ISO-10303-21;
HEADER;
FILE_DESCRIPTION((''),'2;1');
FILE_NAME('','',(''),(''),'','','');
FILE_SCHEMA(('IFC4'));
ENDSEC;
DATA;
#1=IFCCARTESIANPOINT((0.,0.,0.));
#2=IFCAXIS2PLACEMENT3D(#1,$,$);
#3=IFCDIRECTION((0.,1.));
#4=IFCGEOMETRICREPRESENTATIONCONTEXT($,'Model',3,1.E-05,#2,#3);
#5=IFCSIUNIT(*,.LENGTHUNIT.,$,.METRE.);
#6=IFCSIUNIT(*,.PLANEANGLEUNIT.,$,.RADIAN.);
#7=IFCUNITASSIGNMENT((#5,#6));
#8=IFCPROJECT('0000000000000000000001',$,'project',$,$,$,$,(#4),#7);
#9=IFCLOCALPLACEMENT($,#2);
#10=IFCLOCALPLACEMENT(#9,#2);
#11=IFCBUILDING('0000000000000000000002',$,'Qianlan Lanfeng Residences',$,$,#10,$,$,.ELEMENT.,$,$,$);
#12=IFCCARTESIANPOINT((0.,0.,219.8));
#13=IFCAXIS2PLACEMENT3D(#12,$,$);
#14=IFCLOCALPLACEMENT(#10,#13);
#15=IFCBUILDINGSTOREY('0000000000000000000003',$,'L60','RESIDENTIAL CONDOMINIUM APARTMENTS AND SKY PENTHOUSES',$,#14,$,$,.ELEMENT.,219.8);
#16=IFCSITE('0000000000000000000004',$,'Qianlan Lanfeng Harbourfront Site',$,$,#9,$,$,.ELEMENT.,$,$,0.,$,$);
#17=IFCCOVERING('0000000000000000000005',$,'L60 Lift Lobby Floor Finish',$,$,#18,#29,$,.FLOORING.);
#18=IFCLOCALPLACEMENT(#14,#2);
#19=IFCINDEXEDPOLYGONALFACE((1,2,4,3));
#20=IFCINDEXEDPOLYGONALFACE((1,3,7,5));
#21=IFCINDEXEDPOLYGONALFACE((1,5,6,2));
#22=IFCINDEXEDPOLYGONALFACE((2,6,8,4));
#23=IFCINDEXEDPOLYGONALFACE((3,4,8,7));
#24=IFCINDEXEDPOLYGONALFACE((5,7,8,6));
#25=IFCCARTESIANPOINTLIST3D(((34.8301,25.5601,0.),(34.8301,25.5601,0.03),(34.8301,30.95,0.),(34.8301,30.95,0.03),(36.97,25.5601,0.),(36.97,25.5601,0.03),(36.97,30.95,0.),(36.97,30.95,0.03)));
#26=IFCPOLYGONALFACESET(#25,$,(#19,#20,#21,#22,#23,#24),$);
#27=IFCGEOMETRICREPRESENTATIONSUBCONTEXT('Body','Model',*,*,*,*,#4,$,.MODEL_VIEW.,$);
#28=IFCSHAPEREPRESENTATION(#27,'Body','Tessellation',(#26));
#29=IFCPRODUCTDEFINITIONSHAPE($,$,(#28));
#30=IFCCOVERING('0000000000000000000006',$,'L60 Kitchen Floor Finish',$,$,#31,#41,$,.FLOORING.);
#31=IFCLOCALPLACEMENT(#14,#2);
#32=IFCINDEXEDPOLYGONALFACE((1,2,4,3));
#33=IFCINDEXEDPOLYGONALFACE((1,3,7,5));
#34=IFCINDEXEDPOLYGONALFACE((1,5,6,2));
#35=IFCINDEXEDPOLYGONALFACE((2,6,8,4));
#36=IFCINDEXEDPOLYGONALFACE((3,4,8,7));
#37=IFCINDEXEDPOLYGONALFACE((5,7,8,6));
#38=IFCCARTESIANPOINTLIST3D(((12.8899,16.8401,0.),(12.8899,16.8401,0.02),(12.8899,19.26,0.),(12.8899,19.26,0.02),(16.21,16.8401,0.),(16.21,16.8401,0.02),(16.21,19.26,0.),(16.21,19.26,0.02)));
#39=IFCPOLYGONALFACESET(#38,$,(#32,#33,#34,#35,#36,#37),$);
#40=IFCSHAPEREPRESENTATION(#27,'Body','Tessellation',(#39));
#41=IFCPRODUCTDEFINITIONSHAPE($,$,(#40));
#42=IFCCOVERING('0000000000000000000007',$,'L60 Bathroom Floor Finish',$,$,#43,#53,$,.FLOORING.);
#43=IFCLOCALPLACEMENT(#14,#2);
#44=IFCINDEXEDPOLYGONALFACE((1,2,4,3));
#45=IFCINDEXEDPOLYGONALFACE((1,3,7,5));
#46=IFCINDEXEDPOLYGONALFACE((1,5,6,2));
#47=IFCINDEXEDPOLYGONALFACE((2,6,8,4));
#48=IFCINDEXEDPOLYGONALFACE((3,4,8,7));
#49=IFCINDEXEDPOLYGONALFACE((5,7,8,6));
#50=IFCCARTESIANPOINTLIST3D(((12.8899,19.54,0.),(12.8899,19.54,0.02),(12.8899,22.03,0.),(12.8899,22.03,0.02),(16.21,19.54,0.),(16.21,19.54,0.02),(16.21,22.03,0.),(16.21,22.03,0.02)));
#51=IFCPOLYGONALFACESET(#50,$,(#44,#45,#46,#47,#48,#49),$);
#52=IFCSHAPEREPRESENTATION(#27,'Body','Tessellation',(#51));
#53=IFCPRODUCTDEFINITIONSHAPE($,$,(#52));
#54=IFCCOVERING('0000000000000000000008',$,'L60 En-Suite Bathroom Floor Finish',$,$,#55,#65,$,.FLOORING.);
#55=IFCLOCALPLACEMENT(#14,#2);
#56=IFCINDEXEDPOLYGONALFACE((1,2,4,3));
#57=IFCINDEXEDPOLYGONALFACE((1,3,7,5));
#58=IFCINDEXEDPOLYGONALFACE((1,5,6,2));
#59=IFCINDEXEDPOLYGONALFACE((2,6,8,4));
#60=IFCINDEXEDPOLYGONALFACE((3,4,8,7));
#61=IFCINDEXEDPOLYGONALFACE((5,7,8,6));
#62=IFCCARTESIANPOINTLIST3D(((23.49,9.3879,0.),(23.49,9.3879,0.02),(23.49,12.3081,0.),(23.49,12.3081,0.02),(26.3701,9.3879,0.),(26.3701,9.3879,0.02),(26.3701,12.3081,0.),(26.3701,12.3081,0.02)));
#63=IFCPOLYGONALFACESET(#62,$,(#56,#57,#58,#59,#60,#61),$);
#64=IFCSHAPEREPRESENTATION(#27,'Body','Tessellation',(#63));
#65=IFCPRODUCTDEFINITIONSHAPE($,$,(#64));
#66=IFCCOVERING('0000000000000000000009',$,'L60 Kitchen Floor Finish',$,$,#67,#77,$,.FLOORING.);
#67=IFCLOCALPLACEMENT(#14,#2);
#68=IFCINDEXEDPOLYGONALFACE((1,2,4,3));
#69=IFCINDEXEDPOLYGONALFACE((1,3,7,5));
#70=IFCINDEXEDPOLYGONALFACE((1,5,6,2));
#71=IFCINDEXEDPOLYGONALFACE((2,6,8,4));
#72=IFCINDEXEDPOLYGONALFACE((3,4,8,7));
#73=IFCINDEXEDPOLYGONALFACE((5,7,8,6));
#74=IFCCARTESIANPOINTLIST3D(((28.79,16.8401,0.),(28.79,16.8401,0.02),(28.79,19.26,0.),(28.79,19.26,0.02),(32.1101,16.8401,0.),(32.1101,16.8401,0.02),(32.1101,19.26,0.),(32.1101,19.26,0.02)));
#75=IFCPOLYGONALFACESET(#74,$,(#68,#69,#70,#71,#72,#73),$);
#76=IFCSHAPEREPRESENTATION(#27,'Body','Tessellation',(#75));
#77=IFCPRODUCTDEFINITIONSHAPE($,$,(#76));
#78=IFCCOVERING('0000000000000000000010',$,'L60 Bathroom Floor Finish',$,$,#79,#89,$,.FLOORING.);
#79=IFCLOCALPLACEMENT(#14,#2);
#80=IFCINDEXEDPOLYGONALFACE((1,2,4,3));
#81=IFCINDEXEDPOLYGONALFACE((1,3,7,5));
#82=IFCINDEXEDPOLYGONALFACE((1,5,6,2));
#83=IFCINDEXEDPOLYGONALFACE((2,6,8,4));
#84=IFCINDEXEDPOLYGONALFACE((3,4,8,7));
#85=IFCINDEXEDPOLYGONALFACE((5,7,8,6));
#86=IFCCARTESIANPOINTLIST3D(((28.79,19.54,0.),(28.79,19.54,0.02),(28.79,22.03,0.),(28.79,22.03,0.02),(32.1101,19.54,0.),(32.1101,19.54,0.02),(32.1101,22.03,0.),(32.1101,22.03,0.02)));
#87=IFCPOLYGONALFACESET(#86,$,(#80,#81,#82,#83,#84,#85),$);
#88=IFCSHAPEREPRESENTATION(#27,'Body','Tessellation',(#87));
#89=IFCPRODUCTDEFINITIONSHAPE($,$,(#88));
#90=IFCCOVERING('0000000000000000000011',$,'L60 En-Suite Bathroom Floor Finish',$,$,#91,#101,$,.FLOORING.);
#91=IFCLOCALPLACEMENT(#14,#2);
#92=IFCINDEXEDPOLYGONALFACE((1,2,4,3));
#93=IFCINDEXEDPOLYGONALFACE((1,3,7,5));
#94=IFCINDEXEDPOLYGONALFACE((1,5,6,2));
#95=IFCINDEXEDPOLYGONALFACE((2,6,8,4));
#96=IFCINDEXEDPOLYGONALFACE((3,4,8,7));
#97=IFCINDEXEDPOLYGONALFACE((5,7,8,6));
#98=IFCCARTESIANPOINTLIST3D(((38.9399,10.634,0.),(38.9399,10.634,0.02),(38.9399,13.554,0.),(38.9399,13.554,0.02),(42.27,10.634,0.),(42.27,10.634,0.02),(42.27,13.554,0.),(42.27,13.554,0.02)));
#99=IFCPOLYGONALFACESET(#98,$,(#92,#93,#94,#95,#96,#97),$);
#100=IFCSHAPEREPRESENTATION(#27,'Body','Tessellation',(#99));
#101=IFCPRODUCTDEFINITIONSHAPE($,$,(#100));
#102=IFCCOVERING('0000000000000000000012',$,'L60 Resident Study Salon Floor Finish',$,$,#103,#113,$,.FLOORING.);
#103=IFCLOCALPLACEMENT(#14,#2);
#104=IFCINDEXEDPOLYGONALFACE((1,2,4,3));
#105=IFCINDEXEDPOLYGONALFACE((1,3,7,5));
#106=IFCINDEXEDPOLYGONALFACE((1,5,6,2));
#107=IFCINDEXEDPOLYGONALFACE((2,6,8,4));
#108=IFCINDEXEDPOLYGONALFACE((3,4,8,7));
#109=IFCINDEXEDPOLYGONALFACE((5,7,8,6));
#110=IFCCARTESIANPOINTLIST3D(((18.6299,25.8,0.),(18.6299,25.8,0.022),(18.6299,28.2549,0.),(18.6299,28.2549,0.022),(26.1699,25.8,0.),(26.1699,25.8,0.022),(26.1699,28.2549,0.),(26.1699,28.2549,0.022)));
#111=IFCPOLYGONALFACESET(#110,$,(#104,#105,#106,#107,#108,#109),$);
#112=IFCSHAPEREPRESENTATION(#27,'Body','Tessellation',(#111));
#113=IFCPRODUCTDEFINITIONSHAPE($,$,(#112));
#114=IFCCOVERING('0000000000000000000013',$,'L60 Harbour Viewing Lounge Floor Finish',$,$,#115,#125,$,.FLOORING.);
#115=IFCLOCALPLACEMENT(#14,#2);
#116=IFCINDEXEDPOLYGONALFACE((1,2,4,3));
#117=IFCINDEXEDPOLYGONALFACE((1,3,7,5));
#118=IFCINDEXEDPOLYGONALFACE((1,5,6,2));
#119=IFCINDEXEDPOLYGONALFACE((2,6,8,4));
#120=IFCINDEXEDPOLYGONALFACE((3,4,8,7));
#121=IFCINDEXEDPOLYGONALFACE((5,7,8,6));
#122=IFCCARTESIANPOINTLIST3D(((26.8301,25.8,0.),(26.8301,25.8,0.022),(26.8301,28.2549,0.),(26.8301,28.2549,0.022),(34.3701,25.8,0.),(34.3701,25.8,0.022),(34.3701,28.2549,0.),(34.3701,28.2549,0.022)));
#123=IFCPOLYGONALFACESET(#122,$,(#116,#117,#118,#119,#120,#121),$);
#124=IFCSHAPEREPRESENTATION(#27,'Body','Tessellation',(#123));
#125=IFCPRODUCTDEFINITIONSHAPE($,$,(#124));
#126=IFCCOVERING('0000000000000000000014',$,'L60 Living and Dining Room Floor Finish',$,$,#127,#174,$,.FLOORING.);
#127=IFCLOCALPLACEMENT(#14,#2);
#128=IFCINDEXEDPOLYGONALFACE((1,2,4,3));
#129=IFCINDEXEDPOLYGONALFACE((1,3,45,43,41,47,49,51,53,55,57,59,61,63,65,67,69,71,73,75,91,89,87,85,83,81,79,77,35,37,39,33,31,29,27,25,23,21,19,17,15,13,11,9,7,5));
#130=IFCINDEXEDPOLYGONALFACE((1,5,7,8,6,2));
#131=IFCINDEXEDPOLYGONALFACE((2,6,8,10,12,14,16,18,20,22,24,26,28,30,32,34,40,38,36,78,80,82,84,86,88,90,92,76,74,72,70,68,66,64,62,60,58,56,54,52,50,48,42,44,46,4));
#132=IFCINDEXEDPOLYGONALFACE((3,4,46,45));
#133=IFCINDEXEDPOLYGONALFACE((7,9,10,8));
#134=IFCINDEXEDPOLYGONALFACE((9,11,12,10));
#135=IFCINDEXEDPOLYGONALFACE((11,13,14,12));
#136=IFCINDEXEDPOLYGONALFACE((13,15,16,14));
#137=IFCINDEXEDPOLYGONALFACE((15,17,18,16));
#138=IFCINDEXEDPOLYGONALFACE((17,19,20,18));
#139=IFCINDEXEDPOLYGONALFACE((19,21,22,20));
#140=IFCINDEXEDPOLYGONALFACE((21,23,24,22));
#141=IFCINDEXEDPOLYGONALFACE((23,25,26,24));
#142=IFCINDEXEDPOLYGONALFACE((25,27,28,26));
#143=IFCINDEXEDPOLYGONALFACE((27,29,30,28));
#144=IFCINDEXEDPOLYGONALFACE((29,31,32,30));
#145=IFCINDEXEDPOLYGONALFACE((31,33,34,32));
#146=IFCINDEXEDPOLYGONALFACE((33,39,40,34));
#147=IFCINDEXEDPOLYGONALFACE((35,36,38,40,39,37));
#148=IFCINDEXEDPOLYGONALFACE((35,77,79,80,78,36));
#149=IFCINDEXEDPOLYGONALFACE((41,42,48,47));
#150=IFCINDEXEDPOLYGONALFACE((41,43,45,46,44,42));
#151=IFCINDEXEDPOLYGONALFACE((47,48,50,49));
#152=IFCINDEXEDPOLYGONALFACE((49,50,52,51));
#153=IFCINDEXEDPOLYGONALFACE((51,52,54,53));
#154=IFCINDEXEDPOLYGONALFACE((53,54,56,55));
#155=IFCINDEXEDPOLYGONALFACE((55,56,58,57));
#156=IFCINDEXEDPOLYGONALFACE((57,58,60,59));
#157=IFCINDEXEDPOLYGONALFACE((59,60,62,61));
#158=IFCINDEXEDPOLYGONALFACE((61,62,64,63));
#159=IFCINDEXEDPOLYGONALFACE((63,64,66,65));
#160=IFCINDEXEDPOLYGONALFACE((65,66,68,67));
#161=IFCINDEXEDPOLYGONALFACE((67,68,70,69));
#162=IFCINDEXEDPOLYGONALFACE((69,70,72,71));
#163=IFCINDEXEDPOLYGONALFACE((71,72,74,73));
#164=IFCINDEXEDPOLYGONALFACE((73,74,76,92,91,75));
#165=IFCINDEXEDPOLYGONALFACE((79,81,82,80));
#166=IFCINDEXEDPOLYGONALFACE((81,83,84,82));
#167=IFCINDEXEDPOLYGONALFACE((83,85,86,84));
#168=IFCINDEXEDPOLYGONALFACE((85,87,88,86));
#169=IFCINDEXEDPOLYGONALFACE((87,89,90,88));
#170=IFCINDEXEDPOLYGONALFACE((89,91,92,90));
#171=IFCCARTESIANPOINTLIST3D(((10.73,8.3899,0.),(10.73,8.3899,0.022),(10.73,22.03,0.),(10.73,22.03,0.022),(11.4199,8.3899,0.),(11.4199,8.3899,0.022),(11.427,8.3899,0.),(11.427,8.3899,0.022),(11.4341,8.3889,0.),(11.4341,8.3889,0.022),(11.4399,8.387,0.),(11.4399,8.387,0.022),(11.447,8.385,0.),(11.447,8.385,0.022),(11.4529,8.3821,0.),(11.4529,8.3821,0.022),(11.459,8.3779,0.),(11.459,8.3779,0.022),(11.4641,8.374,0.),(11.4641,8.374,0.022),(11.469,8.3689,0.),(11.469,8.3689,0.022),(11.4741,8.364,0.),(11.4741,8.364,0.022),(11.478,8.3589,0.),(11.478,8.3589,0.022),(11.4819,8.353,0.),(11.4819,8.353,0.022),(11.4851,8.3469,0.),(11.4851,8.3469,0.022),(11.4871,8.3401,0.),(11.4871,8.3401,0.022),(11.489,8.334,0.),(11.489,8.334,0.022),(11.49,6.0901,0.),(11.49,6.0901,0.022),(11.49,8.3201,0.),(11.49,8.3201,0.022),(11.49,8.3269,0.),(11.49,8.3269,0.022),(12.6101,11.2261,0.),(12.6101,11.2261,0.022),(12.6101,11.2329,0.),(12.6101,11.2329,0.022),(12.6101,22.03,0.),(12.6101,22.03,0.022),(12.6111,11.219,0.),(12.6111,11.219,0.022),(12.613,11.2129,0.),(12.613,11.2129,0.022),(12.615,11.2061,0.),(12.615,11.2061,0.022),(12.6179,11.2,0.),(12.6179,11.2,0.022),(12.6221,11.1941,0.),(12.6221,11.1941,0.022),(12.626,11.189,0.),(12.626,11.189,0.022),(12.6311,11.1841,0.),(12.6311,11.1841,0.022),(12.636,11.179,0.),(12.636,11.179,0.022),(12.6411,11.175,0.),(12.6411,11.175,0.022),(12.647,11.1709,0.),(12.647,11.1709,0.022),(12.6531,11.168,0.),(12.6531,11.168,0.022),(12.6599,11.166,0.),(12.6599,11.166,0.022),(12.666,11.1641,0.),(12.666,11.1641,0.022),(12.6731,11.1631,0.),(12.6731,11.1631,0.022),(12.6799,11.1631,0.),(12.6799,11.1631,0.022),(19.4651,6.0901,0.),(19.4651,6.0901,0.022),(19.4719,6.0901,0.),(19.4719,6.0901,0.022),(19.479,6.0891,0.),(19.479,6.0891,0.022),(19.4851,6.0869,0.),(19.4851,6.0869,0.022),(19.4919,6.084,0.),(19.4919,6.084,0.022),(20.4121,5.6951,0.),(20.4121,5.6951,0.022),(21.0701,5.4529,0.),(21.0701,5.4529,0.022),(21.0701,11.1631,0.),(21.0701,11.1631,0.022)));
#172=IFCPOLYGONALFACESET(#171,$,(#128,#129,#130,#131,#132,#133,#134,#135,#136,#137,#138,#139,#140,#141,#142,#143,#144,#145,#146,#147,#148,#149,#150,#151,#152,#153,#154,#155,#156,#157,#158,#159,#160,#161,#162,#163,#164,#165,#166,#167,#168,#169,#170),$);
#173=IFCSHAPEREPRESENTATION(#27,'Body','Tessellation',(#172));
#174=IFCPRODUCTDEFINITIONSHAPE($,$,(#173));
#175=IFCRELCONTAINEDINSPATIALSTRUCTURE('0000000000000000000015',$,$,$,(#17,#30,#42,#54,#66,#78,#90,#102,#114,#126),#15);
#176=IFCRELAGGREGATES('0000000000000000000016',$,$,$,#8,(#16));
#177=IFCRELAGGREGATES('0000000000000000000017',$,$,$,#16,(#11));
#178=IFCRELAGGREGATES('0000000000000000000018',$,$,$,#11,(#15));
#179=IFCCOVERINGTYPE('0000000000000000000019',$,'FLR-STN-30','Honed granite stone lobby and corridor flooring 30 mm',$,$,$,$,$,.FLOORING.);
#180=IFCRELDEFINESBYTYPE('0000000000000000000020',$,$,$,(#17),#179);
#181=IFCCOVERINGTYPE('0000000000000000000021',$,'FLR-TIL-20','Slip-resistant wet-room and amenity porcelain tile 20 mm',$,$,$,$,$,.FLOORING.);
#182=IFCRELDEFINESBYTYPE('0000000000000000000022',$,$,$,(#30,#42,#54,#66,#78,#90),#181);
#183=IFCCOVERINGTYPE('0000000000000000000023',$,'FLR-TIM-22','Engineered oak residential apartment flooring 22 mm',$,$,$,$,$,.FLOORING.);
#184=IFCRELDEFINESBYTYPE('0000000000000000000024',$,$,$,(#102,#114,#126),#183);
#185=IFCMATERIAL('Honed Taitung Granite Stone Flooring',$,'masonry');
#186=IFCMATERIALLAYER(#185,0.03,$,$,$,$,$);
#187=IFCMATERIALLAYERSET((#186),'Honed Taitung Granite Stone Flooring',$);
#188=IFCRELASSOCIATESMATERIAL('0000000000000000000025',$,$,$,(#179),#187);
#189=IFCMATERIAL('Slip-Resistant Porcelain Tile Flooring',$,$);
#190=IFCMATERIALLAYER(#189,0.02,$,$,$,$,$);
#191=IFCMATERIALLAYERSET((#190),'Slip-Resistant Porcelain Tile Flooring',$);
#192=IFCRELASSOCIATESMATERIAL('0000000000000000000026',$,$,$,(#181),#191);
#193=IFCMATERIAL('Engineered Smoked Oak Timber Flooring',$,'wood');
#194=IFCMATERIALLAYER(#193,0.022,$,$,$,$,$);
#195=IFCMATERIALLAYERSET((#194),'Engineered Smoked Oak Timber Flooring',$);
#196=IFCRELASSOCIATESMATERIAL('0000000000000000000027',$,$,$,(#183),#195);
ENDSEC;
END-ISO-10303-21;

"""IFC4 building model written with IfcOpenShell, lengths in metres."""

from ifc_helpers import new_model, si_unit, direction, frame, origin, place, context, subcontext, project, spatial, polyline, outline, extrude, material, layer, layer_set, type_object, element, save


model = new_model("IFC4")

# Units and contexts
model_context = context("Model", 3, precision=1e-05, world=origin(), true_north=direction((0.0, 1.0)))
body_context = subcontext(model_context, "Body", "Model", "MODEL_VIEW")
ifc_project = project(units=[si_unit("LENGTHUNIT", "METRE"), si_unit("PLANEANGLEUNIT", "RADIAN")], contexts=[model_context])

# Site, building, storey
site_placement = place(None, origin())
site = spatial("IfcSite", under=ifc_project, at=site_placement, Name="Qianlan Lanfeng Harbourfront Site", CompositionType="ELEMENT", RefElevation=0.0)
building_placement = place(site_placement, origin())
building = spatial("IfcBuilding", under=site, at=building_placement, Name="Qianlan Lanfeng Residences", CompositionType="ELEMENT")
storey_placement = place(building_placement, frame((0.0, 0.0, 219.8)))
storey = spatial("IfcBuildingStorey", under=building, at=storey_placement, Name="L60", Description="RESIDENTIAL CONDOMINIUM APARTMENTS AND SKY PENTHOUSES", CompositionType="ELEMENT", Elevation=219.8)

# Coverings
ifc_material_1 = material(Name="Honed Taitung Granite Stone Flooring", Category="masonry")
ifc_layer_1 = layer(ifc_material_1, 0.03)
ifc_layer_set_1 = layer_set([ifc_layer_1], Name="Honed Taitung Granite Stone Flooring")
covering_type_1 = type_object("IfcCoveringType", Name="FLR-STN-30", Description="Honed granite stone lobby and corridor flooring 30 mm", PredefinedType="FLOORING", material=ifc_layer_set_1)
covering_1_placement = place(storey_placement, origin())
element("IfcCovering", 1, at=covering_1_placement, inside=storey, type_object=covering_type_1, Name="L60 Lift Lobby Floor Finish", PredefinedType="FLOORING", context=body_context, shape_type="SweptSolid", body=[
    extrude(outline(polyline([(34.8301, 25.5601), (36.97, 25.5601), (36.97, 30.95), (34.8301, 30.95), (34.8301, 25.5601)])), origin(), (0.0, 0.0, 1.0), 0.03),
])
ifc_material_2 = material(Name="Slip-Resistant Porcelain Tile Flooring")
ifc_layer_2 = layer(ifc_material_2, 0.02)
ifc_layer_set_2 = layer_set([ifc_layer_2], Name="Slip-Resistant Porcelain Tile Flooring")
covering_type_2 = type_object("IfcCoveringType", Name="FLR-TIL-20", Description="Slip-resistant wet-room and amenity porcelain tile 20 mm", PredefinedType="FLOORING", material=ifc_layer_set_2)
covering_2_placement = place(storey_placement, origin())
element("IfcCovering", 2, at=covering_2_placement, inside=storey, type_object=covering_type_2, Name="L60 Kitchen Floor Finish", PredefinedType="FLOORING", context=body_context, shape_type="SweptSolid", body=[
    extrude(outline(polyline([(12.8899, 16.8401), (16.21, 16.8401), (16.21, 19.26), (12.8899, 19.26), (12.8899, 16.8401)])), origin(), (0.0, 0.0, 1.0), 0.02),
])
covering_3_placement = place(storey_placement, origin())
element("IfcCovering", 3, at=covering_3_placement, inside=storey, type_object=covering_type_2, Name="L60 Bathroom Floor Finish", PredefinedType="FLOORING", context=body_context, shape_type="SweptSolid", body=[
    extrude(outline(polyline([(12.8899, 19.54), (16.21, 19.54), (16.21, 22.03), (12.8899, 22.03), (12.8899, 19.54)])), origin(), (0.0, 0.0, 1.0), 0.02),
])
covering_4_placement = place(storey_placement, origin())
element("IfcCovering", 4, at=covering_4_placement, inside=storey, type_object=covering_type_2, Name="L60 En-Suite Bathroom Floor Finish", PredefinedType="FLOORING", context=body_context, shape_type="SweptSolid", body=[
    extrude(outline(polyline([(23.49, 9.3879), (26.3701, 9.3879), (26.3701, 12.3081), (23.49, 12.3081), (23.49, 9.3879)])), origin(), (0.0, 0.0, 1.0), 0.02),
])
covering_5_placement = place(storey_placement, origin())
element("IfcCovering", 5, at=covering_5_placement, inside=storey, type_object=covering_type_2, Name="L60 Kitchen Floor Finish", PredefinedType="FLOORING", context=body_context, shape_type="SweptSolid", body=[
    extrude(outline(polyline([(28.79, 16.8401), (32.1101, 16.8401), (32.1101, 19.26), (28.79, 19.26), (28.79, 16.8401)])), origin(), (0.0, 0.0, 1.0), 0.02),
])
covering_6_placement = place(storey_placement, origin())
element("IfcCovering", 6, at=covering_6_placement, inside=storey, type_object=covering_type_2, Name="L60 Bathroom Floor Finish", PredefinedType="FLOORING", context=body_context, shape_type="SweptSolid", body=[
    extrude(outline(polyline([(28.79, 19.54), (32.1101, 19.54), (32.1101, 22.03), (28.79, 22.03), (28.79, 19.54)])), origin(), (0.0, 0.0, 1.0), 0.02),
])
covering_7_placement = place(storey_placement, origin())
element("IfcCovering", 7, at=covering_7_placement, inside=storey, type_object=covering_type_2, Name="L60 En-Suite Bathroom Floor Finish", PredefinedType="FLOORING", context=body_context, shape_type="SweptSolid", body=[
    extrude(outline(polyline([(38.9399, 10.634), (42.27, 10.634), (42.27, 13.554), (38.9399, 13.554), (38.9399, 10.634)])), origin(), (0.0, 0.0, 1.0), 0.02),
])
ifc_material_3 = material(Name="Engineered Smoked Oak Timber Flooring", Category="wood")
ifc_layer_3 = layer(ifc_material_3, 0.022)
ifc_layer_set_3 = layer_set([ifc_layer_3], Name="Engineered Smoked Oak Timber Flooring")
covering_type_3 = type_object("IfcCoveringType", Name="FLR-TIM-22", Description="Engineered oak residential apartment flooring 22 mm", PredefinedType="FLOORING", material=ifc_layer_set_3)
covering_8_placement = place(storey_placement, origin())
element("IfcCovering", 8, at=covering_8_placement, inside=storey, type_object=covering_type_3, Name="L60 Resident Study Salon Floor Finish", PredefinedType="FLOORING", context=body_context, shape_type="SweptSolid", body=[
    extrude(outline(polyline([(18.6299, 25.8), (26.1699, 25.8), (26.1699, 28.2549), (18.6299, 28.2549), (18.6299, 25.8)])), origin(), (0.0, 0.0, 1.0), 0.022),
])
covering_9_placement = place(storey_placement, origin())
element("IfcCovering", 9, at=covering_9_placement, inside=storey, type_object=covering_type_3, Name="L60 Harbour Viewing Lounge Floor Finish", PredefinedType="FLOORING", context=body_context, shape_type="SweptSolid", body=[
    extrude(outline(polyline([(26.8301, 25.8), (34.3701, 25.8), (34.3701, 28.2549), (26.8301, 28.2549), (26.8301, 25.8)])), origin(), (0.0, 0.0, 1.0), 0.022),
])
covering_10_placement = place(storey_placement, origin())
element("IfcCovering", 10, at=covering_10_placement, inside=storey, type_object=covering_type_3, Name="L60 Living and Dining Room Floor Finish", PredefinedType="FLOORING", context=body_context, shape_type="SweptSolid", body=[
    extrude(outline(polyline([(21.0701, 5.4529), (21.0701, 11.1631), (12.6799, 11.1631), (12.6731, 11.1631), (12.666, 11.1641), (12.6599, 11.166), (12.6531, 11.168), (12.647, 11.1709), (12.6411, 11.175), (12.636, 11.179), (12.6311, 11.1841), (12.626, 11.189), (12.6221, 11.1941), (12.6179, 11.2), (12.615, 11.2061), (12.613, 11.2129), (12.6111, 11.219), (12.6101, 11.2261), (12.6101, 11.2329), (12.6101, 22.03), (10.73, 22.03), (10.73, 8.3899), (11.4199, 8.3899), (11.427, 8.3899), (11.4341, 8.3889), (11.4399, 8.387), (11.447, 8.385), (11.4529, 8.3821), (11.459, 8.3779), (11.4641, 8.374), (11.469, 8.3689), (11.4741, 8.364), (11.478, 8.3589), (11.4819, 8.353), (11.4851, 8.3469), (11.4871, 8.3401), (11.489, 8.334), (11.49, 8.3269), (11.49, 8.3201), (11.49, 6.0901), (19.4651, 6.0901), (19.4719, 6.0901), (19.479, 6.0891), (19.4851, 6.0869), (19.4919, 6.084), (20.4121, 5.6951), (21.0701, 5.4529)])), origin(), (0.0, 0.0, 1.0), 0.022),
])

save(model, "model.ifc")
